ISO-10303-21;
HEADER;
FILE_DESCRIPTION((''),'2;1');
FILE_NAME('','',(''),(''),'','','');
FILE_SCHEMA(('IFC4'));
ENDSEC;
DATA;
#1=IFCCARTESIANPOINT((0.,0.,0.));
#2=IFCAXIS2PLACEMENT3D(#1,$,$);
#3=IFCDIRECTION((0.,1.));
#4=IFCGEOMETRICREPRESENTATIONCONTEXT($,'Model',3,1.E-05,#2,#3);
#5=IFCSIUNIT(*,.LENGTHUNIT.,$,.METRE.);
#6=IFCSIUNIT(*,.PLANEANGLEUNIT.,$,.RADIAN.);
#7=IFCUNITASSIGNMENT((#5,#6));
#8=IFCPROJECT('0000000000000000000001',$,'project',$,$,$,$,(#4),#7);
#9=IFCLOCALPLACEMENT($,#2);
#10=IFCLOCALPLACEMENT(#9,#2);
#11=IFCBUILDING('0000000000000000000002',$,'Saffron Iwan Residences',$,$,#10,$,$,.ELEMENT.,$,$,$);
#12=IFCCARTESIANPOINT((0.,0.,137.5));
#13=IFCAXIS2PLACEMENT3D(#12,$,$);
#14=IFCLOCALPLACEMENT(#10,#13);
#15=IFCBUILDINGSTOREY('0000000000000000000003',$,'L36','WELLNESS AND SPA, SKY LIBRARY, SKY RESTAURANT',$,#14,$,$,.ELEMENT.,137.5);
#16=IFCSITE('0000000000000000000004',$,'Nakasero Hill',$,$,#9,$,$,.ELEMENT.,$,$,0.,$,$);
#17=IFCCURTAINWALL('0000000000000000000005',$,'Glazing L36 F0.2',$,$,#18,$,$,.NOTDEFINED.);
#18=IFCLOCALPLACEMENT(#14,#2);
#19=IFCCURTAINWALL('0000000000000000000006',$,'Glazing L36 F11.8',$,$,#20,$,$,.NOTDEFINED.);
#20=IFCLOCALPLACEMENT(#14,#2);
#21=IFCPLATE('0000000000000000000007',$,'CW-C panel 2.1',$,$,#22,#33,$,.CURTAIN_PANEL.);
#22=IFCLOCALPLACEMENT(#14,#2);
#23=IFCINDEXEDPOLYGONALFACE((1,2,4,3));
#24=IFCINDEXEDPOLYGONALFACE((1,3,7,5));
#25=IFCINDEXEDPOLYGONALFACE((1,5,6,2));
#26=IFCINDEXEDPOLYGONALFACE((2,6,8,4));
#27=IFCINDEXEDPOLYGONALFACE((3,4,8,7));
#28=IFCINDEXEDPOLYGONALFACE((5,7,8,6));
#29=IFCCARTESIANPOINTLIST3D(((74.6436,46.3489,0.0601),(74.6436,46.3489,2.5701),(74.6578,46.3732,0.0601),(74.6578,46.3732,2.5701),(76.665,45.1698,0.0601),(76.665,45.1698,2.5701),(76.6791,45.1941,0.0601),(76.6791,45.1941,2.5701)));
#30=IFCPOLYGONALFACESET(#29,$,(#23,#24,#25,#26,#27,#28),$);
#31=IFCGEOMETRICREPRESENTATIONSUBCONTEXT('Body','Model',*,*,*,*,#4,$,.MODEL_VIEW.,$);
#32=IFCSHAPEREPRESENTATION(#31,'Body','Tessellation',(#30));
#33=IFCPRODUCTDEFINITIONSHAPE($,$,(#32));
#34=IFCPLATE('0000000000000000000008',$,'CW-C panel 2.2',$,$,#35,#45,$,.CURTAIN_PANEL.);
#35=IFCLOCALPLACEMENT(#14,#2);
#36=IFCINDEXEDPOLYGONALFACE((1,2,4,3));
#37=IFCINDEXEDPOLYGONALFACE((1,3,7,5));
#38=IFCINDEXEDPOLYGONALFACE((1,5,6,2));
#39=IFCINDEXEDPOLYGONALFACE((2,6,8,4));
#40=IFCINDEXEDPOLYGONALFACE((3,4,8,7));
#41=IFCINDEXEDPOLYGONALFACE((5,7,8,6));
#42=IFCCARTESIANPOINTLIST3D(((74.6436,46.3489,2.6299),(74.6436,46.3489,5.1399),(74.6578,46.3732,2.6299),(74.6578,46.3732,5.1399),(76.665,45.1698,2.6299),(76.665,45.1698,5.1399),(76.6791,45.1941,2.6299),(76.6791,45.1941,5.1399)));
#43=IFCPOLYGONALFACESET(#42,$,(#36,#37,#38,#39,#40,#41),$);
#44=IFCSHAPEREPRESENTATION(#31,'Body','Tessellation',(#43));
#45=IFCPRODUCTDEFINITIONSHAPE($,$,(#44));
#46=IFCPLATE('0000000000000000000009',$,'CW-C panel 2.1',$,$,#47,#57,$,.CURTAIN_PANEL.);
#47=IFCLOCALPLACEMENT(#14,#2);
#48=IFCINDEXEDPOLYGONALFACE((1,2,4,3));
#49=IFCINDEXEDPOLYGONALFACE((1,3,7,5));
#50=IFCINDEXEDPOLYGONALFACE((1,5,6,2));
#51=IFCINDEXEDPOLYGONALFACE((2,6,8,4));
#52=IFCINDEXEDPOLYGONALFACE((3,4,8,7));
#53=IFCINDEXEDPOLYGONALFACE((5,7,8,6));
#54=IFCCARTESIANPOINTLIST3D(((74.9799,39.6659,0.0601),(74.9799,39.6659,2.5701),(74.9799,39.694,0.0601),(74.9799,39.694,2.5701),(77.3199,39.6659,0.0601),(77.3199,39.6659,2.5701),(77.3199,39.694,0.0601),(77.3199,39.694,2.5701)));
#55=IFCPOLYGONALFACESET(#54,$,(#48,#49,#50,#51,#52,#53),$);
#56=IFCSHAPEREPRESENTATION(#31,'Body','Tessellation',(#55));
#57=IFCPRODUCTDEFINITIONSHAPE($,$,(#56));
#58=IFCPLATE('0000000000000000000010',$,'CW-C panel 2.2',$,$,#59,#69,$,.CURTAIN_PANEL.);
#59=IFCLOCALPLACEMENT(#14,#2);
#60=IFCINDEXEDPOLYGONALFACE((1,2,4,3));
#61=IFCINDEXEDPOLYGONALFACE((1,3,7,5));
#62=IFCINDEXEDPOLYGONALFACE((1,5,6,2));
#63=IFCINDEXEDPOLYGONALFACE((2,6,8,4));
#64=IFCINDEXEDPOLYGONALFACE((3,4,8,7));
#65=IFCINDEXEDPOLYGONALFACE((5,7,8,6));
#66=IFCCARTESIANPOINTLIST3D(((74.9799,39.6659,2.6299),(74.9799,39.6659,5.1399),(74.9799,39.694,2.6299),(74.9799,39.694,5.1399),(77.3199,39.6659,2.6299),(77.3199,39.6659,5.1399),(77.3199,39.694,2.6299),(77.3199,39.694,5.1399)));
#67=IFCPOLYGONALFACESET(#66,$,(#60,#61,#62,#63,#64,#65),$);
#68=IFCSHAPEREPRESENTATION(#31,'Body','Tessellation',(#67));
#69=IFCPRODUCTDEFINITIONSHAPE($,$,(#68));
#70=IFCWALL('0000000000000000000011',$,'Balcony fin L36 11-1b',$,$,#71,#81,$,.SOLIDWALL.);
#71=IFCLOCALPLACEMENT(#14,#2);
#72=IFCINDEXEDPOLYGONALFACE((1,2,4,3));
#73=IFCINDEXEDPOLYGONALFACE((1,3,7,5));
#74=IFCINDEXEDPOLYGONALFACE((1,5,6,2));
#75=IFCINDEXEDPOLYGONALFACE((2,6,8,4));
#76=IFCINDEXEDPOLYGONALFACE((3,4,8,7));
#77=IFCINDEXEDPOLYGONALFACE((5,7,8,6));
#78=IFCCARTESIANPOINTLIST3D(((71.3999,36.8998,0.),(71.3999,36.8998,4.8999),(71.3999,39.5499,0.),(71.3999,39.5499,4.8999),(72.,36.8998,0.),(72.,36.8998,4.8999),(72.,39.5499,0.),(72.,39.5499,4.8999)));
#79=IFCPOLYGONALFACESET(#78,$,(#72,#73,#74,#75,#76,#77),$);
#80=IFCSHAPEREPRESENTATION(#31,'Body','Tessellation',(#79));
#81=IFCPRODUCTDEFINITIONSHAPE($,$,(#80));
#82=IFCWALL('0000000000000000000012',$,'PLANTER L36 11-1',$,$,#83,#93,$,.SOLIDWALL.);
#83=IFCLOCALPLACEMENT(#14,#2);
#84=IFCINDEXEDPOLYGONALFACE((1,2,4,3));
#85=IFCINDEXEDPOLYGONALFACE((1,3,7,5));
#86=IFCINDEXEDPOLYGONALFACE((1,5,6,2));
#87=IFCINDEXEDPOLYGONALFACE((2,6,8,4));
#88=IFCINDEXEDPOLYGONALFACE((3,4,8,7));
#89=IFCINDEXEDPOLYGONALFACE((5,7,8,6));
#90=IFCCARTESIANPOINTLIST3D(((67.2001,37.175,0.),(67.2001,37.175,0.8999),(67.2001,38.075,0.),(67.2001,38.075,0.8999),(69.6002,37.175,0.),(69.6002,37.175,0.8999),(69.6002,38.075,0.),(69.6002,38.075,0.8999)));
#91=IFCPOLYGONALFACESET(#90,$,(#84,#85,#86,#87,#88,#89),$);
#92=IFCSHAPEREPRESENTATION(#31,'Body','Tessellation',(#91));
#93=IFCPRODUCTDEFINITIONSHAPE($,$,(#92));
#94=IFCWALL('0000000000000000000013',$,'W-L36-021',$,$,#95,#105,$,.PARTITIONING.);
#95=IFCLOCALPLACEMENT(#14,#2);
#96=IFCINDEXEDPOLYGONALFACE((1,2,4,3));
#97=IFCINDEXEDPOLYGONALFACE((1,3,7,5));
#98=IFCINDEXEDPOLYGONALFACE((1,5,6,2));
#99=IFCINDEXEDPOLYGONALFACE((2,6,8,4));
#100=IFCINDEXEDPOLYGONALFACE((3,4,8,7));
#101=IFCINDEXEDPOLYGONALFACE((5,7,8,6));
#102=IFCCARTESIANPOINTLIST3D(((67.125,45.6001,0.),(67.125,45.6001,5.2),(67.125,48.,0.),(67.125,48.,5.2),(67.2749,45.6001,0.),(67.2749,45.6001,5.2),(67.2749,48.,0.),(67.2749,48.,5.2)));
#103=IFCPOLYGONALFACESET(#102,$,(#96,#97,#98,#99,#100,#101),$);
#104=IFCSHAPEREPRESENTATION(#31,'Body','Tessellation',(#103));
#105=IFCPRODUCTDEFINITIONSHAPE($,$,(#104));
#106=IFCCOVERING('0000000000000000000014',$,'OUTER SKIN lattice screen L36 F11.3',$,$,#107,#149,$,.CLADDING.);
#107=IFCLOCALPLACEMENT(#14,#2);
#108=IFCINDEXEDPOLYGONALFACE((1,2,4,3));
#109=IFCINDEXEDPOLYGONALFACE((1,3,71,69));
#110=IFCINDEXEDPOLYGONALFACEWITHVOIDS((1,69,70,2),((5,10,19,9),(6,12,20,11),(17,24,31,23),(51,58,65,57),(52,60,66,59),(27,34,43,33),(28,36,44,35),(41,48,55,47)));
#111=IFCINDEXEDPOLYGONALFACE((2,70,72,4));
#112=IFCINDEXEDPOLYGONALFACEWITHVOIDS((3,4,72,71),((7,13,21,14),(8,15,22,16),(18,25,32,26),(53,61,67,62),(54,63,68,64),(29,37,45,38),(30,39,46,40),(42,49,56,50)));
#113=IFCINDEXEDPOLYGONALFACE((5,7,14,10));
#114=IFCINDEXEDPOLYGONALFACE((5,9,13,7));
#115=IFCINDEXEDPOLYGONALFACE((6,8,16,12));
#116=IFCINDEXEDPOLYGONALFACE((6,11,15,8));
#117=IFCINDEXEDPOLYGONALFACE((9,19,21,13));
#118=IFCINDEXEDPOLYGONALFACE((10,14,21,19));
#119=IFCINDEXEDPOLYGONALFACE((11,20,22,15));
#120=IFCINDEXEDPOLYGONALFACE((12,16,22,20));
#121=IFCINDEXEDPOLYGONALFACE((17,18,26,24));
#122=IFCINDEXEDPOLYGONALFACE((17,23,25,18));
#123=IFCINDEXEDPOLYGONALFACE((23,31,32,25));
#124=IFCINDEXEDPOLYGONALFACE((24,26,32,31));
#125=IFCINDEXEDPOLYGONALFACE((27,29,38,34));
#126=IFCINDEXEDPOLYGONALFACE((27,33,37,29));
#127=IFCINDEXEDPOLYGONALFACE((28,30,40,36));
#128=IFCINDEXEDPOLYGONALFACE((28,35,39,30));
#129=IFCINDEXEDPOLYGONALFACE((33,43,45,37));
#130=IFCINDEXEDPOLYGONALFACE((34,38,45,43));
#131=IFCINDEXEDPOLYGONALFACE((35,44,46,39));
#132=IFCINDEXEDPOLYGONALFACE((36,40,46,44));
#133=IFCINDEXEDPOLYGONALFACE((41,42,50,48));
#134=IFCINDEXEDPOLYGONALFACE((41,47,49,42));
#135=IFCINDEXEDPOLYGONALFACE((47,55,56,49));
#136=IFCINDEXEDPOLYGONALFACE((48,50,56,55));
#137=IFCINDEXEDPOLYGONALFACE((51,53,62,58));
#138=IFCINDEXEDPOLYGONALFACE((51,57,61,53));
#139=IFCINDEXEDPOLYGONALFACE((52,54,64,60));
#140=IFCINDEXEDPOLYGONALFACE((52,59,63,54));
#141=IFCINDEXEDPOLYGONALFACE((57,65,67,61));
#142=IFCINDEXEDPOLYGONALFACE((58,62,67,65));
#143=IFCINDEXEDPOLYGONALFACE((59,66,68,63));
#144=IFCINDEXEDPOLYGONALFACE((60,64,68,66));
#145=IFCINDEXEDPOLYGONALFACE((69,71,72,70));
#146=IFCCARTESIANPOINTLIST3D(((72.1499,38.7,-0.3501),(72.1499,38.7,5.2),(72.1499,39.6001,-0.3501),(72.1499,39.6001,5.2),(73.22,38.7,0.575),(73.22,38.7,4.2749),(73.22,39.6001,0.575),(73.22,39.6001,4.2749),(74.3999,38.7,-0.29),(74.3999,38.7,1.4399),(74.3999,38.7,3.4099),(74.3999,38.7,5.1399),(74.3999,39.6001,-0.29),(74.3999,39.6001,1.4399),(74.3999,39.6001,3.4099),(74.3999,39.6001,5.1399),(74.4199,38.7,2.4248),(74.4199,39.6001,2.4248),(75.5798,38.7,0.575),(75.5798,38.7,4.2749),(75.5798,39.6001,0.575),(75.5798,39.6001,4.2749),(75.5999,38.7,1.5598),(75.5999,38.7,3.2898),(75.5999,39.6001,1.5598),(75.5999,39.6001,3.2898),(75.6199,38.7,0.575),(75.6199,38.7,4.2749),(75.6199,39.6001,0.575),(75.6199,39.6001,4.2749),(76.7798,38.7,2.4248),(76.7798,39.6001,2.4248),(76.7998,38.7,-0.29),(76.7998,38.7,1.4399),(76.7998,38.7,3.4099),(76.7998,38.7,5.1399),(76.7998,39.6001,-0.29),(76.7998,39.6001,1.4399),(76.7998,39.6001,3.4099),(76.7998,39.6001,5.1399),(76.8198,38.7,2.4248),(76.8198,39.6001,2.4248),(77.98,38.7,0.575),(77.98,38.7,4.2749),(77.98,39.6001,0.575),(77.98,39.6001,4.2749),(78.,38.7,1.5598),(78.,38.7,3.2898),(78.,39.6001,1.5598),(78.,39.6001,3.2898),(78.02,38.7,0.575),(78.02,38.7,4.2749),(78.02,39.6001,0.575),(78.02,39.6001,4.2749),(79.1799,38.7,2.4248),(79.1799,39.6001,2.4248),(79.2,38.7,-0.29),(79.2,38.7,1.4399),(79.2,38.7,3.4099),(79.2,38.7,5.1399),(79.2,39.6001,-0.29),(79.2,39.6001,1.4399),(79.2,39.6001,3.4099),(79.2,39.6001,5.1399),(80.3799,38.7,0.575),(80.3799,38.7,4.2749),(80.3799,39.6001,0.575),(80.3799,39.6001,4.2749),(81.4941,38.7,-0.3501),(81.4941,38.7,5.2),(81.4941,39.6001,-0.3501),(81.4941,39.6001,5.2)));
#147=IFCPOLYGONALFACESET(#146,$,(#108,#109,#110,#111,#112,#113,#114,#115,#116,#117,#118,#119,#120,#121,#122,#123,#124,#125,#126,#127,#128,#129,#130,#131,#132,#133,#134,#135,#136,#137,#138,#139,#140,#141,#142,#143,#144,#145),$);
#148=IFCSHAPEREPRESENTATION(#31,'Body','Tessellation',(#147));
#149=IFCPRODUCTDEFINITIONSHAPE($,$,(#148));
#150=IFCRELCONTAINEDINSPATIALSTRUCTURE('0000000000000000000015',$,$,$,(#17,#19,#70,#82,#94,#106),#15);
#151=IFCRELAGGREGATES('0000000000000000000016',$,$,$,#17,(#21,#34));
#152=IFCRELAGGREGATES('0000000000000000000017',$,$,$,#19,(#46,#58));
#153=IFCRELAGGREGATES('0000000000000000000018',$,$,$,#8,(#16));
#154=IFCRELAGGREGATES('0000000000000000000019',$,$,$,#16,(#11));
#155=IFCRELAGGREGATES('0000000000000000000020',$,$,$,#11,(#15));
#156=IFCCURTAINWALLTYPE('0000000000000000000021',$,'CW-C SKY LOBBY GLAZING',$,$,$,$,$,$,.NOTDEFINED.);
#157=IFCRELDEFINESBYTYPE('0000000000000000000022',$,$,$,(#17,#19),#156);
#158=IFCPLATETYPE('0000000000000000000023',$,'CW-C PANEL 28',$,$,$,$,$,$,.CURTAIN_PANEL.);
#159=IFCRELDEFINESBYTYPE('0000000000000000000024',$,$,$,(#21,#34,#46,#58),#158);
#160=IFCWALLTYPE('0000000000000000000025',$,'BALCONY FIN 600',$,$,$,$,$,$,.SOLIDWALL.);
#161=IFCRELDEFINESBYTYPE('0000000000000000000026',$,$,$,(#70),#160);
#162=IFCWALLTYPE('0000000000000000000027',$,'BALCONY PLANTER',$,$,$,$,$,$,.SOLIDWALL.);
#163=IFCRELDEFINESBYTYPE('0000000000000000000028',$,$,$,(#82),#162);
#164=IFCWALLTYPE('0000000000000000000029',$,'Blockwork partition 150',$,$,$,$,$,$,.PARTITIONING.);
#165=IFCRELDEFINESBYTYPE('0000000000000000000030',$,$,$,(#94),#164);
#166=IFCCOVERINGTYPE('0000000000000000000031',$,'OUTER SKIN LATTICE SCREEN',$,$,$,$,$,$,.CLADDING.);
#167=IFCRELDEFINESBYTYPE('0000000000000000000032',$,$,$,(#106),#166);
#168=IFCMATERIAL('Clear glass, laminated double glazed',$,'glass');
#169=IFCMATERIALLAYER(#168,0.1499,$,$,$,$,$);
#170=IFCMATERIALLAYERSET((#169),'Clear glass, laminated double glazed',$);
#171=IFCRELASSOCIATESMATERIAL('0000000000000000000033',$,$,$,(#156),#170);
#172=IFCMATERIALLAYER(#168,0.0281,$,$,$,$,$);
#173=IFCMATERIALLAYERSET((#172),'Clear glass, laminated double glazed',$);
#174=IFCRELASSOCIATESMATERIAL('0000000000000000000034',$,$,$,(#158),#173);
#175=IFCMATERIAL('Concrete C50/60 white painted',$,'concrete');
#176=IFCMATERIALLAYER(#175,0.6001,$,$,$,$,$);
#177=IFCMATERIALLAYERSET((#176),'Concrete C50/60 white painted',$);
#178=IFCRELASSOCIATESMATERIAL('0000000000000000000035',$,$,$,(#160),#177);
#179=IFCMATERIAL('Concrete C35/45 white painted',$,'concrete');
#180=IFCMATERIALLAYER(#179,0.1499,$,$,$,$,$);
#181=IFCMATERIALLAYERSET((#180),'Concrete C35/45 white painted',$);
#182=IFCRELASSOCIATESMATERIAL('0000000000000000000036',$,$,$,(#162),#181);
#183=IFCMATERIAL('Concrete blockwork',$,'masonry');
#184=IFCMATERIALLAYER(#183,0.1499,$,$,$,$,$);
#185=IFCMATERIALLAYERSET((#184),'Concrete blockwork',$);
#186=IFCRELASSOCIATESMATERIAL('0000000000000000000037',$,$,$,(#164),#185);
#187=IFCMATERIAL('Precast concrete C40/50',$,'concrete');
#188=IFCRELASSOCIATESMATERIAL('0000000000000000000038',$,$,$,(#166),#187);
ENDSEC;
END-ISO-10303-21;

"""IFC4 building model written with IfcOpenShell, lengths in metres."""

from ifc_helpers import new_model, si_unit, direction, frame, frame_2d, origin, origin_2d, place, context, subcontext, project, spatial, polyline, rectangle, outline, extrude, source, transform, mapped, material, layer, layer_set, type_object, element, aggregate, save


model = new_model("IFC4")

# Units and contexts
model_context = context("Model", 3, precision=1e-05, world=origin(), true_north=direction((0.0, 1.0)))
body_context = subcontext(model_context, "Body", "Model", "MODEL_VIEW")
ifc_project = project(units=[si_unit("LENGTHUNIT", "METRE"), si_unit("PLANEANGLEUNIT", "RADIAN")], contexts=[model_context])

# Site, building, storey
site_placement = place(None, origin())
site = spatial("IfcSite", under=ifc_project, at=site_placement, Name="Nakasero Hill", CompositionType="ELEMENT", RefElevation=0.0)
building_placement = place(site_placement, origin())
building = spatial("IfcBuilding", under=site, at=building_placement, Name="Saffron Iwan Residences", CompositionType="ELEMENT")
storey_placement = place(building_placement, frame((0.0, 0.0, 137.5)))
storey = spatial("IfcBuildingStorey", under=building, at=storey_placement, Name="L36", Description="WELLNESS AND SPA, SKY LIBRARY, SKY RESTAURANT", CompositionType="ELEMENT", Elevation=137.5)

# Curtain wall
ifc_material_1 = material(Name="Clear glass, laminated double glazed", Category="glass")
ifc_layer_1 = layer(ifc_material_1, 0.1499)
ifc_layer_set_1 = layer_set([ifc_layer_1], Name="Clear glass, laminated double glazed")
curtain_wall_type = type_object("IfcCurtainWallType", Name="CW-C SKY LOBBY GLAZING", PredefinedType="NOTDEFINED", material=ifc_layer_set_1)
curtain_wall_1_placement = place(storey_placement, origin())
curtain_wall_1 = element("IfcCurtainWall", 1, at=curtain_wall_1_placement, inside=storey, type_object=curtain_wall_type, Name="Glazing L36 F0.2", PredefinedType="NOTDEFINED")

# Curtain wall
curtain_wall_2_placement = place(storey_placement, origin())
curtain_wall_2 = element("IfcCurtainWall", 2, at=curtain_wall_2_placement, inside=storey, type_object=curtain_wall_type, Name="Glazing L36 F11.8", PredefinedType="NOTDEFINED")

# Plates
ifc_layer_2 = layer(ifc_material_1, 0.0281)
ifc_layer_set_2 = layer_set([ifc_layer_2], Name="Clear glass, laminated double glazed")
plate_type = type_object("IfcPlateType", Name="CW-C PANEL 28", PredefinedType="CURTAIN_PANEL", material=ifc_layer_set_2)
shared_shape_1 = source(origin(), body_context, "Body", "SweptSolid", [
    extrude(rectangle(XDim=2.3401, YDim=0.0281, at=origin_2d()), origin(), (0.0, 0.0, 1.0), 2.51),
])
plate_1_placement = place(storey_placement, frame((75.6614, 45.7715, 0.0601), z_axis=(0.0, 0.0, 1.0), x_axis=(-0.863779, 0.503871, 0.0)))
plate_1 = element("IfcPlate", 3, at=plate_1_placement, type_object=plate_type, Name="CW-C panel 2.1", PredefinedType="CURTAIN_PANEL", context=body_context, shape_type="MappedRepresentation", body=[
    mapped(shared_shape_1, transform((0.0, 0.0, 0.0))),
])
plate_2_placement = place(storey_placement, frame((75.6614, 45.7715, 2.6299), z_axis=(0.0, 0.0, 1.0), x_axis=(-0.863779, 0.503871, 0.0)))
plate_2 = element("IfcPlate", 4, at=plate_2_placement, type_object=plate_type, Name="CW-C panel 2.2", PredefinedType="CURTAIN_PANEL", context=body_context, shape_type="MappedRepresentation", body=[
    mapped(shared_shape_1, transform((0.0, 0.0, 0.0))),
])
aggregate(curtain_wall_1, [plate_1, plate_2])
plate_3_placement = place(storey_placement, frame((76.1499, 39.6799, 0.0601), z_axis=(0.0, 0.0, 1.0), x_axis=(1.0, 0.0, 0.0)))
plate_3 = element("IfcPlate", 5, at=plate_3_placement, type_object=plate_type, Name="CW-C panel 2.1", PredefinedType="CURTAIN_PANEL", context=body_context, shape_type="MappedRepresentation", body=[
    mapped(shared_shape_1, transform((0.0, 0.0, 0.0))),
])
plate_4_placement = place(storey_placement, frame((76.1499, 39.6799, 2.6299), z_axis=(0.0, 0.0, 1.0), x_axis=(1.0, 0.0, 0.0)))
plate_4 = element("IfcPlate", 6, at=plate_4_placement, type_object=plate_type, Name="CW-C panel 2.2", PredefinedType="CURTAIN_PANEL", context=body_context, shape_type="MappedRepresentation", body=[
    mapped(shared_shape_1, transform((0.0, 0.0, 0.0))),
])
aggregate(curtain_wall_2, [plate_3, plate_4])

# Walls
ifc_material_2 = material(Name="Concrete C50/60 white painted", Category="concrete")
ifc_layer_3 = layer(ifc_material_2, 0.6001)
ifc_layer_set_3 = layer_set([ifc_layer_3], Name="Concrete C50/60 white painted")
wall_type_1 = type_object("IfcWallType", Name="BALCONY FIN 600", PredefinedType="SOLIDWALL", material=ifc_layer_set_3)
wall_1_placement = place(storey_placement, frame((71.7, 39.55, 0.0), z_axis=(0.0, 0.0, 1.0), x_axis=(0.0, -1.0, 0.0)))
element("IfcWall", 7, at=wall_1_placement, inside=storey, type_object=wall_type_1, Name="Balcony fin L36 11-1b", PredefinedType="SOLIDWALL", context=body_context, shape_type="SweptSolid", body=[
    extrude(rectangle(XDim=2.6501, YDim=0.6001, at=frame_2d((1.3252, 0.0))), origin(), (0.0, 0.0, 1.0), 4.8999),
])
ifc_material_3 = material(Name="Concrete C35/45 white painted", Category="concrete")
ifc_layer_4 = layer(ifc_material_3, 0.1499)
ifc_layer_set_4 = layer_set([ifc_layer_4], Name="Concrete C35/45 white painted")
wall_type_2 = type_object("IfcWallType", Name="BALCONY PLANTER", PredefinedType="SOLIDWALL", material=ifc_layer_set_4)
wall_2_placement = place(storey_placement, frame((67.2, 37.625, 0.0), z_axis=(0.0, 0.0, 1.0), x_axis=(1.0, 0.0, 0.0)))
element("IfcWall", 8, at=wall_2_placement, inside=storey, type_object=wall_type_2, Name="PLANTER L36 11-1", PredefinedType="SOLIDWALL", context=body_context, shape_type="SweptSolid", body=[
    extrude(rectangle(XDim=2.4001, YDim=0.8999, at=frame_2d((1.2002, 0.0))), origin(), (0.0, 0.0, 1.0), 0.8999),
])
ifc_material_4 = material(Name="Concrete blockwork", Category="masonry")
ifc_layer_5 = layer(ifc_material_4, 0.1499)
ifc_layer_set_5 = layer_set([ifc_layer_5], Name="Concrete blockwork")
wall_type_3 = type_object("IfcWallType", Name="Blockwork partition 150", PredefinedType="PARTITIONING", material=ifc_layer_set_5)
wall_3_placement = place(storey_placement, frame((67.2, 45.6001, 0.0), z_axis=(0.0, 0.0, 1.0), x_axis=(0.0, 1.0, 0.0)))
element("IfcWall", 9, at=wall_3_placement, inside=storey, type_object=wall_type_3, Name="W-L36-021", PredefinedType="PARTITIONING", context=body_context, shape_type="SweptSolid", body=[
    extrude(rectangle(XDim=2.3999, YDim=0.1499, at=frame_2d((1.2, 0.0))), origin(), (0.0, 0.0, 1.0), 5.2),
])

# Covering
ifc_material_5 = material(Name="Precast concrete C40/50", Category="concrete")
covering_type = type_object("IfcCoveringType", Name="OUTER SKIN LATTICE SCREEN", PredefinedType="CLADDING", material=ifc_material_5)
covering_placement = place(storey_placement, frame((72.1499, 39.6001, -0.3501), z_axis=(0.0, -1.0, 0.0), x_axis=(1.0, 0.0, 0.0)))
element("IfcCovering", 10, at=covering_placement, inside=storey, type_object=covering_type, Name="OUTER SKIN lattice screen L36 F11.3", PredefinedType="CLADDING", context=body_context, shape_type="SweptSolid", body=[
    extrude(outline(polyline([(0.0, 0.0), (9.3442, 0.0), (9.3442, 5.55), (0.0, 5.55), (0.0, 0.0)]), holes=[polyline([(1.0701, 0.925), (2.25, 0.0601), (3.4299, 0.925), (2.25, 1.79), (1.0701, 0.925)]), polyline([(3.47, 0.925), (4.6499, 0.0601), (5.8301, 0.925), (4.6499, 1.79), (3.47, 0.925)]), polyline([(5.8701, 0.925), (7.05, 0.0601), (8.23, 0.925), (7.05, 1.79), (5.8701, 0.925)]), polyline([(2.27, 2.7749), (3.45, 1.9099), (4.6299, 2.7749), (3.45, 3.6399), (2.27, 2.7749)]), polyline([(4.6699, 2.7749), (5.8501, 1.9099), (7.03, 2.7749), (5.8501, 3.6399), (4.6699, 2.7749)]), polyline([(1.0701, 4.625), (2.25, 3.76), (3.4299, 4.625), (2.25, 5.49), (1.0701, 4.625)]), polyline([(3.47, 4.625), (4.6499, 3.76), (5.8301, 4.625), (4.6499, 5.49), (3.47, 4.625)]), polyline([(5.8701, 4.625), (7.05, 3.76), (8.23, 4.625), (7.05, 5.49), (5.8701, 4.625)])]), origin(), (0.0, 0.0, 1.0), 0.9001),
])

save(model, "model.ifc")
